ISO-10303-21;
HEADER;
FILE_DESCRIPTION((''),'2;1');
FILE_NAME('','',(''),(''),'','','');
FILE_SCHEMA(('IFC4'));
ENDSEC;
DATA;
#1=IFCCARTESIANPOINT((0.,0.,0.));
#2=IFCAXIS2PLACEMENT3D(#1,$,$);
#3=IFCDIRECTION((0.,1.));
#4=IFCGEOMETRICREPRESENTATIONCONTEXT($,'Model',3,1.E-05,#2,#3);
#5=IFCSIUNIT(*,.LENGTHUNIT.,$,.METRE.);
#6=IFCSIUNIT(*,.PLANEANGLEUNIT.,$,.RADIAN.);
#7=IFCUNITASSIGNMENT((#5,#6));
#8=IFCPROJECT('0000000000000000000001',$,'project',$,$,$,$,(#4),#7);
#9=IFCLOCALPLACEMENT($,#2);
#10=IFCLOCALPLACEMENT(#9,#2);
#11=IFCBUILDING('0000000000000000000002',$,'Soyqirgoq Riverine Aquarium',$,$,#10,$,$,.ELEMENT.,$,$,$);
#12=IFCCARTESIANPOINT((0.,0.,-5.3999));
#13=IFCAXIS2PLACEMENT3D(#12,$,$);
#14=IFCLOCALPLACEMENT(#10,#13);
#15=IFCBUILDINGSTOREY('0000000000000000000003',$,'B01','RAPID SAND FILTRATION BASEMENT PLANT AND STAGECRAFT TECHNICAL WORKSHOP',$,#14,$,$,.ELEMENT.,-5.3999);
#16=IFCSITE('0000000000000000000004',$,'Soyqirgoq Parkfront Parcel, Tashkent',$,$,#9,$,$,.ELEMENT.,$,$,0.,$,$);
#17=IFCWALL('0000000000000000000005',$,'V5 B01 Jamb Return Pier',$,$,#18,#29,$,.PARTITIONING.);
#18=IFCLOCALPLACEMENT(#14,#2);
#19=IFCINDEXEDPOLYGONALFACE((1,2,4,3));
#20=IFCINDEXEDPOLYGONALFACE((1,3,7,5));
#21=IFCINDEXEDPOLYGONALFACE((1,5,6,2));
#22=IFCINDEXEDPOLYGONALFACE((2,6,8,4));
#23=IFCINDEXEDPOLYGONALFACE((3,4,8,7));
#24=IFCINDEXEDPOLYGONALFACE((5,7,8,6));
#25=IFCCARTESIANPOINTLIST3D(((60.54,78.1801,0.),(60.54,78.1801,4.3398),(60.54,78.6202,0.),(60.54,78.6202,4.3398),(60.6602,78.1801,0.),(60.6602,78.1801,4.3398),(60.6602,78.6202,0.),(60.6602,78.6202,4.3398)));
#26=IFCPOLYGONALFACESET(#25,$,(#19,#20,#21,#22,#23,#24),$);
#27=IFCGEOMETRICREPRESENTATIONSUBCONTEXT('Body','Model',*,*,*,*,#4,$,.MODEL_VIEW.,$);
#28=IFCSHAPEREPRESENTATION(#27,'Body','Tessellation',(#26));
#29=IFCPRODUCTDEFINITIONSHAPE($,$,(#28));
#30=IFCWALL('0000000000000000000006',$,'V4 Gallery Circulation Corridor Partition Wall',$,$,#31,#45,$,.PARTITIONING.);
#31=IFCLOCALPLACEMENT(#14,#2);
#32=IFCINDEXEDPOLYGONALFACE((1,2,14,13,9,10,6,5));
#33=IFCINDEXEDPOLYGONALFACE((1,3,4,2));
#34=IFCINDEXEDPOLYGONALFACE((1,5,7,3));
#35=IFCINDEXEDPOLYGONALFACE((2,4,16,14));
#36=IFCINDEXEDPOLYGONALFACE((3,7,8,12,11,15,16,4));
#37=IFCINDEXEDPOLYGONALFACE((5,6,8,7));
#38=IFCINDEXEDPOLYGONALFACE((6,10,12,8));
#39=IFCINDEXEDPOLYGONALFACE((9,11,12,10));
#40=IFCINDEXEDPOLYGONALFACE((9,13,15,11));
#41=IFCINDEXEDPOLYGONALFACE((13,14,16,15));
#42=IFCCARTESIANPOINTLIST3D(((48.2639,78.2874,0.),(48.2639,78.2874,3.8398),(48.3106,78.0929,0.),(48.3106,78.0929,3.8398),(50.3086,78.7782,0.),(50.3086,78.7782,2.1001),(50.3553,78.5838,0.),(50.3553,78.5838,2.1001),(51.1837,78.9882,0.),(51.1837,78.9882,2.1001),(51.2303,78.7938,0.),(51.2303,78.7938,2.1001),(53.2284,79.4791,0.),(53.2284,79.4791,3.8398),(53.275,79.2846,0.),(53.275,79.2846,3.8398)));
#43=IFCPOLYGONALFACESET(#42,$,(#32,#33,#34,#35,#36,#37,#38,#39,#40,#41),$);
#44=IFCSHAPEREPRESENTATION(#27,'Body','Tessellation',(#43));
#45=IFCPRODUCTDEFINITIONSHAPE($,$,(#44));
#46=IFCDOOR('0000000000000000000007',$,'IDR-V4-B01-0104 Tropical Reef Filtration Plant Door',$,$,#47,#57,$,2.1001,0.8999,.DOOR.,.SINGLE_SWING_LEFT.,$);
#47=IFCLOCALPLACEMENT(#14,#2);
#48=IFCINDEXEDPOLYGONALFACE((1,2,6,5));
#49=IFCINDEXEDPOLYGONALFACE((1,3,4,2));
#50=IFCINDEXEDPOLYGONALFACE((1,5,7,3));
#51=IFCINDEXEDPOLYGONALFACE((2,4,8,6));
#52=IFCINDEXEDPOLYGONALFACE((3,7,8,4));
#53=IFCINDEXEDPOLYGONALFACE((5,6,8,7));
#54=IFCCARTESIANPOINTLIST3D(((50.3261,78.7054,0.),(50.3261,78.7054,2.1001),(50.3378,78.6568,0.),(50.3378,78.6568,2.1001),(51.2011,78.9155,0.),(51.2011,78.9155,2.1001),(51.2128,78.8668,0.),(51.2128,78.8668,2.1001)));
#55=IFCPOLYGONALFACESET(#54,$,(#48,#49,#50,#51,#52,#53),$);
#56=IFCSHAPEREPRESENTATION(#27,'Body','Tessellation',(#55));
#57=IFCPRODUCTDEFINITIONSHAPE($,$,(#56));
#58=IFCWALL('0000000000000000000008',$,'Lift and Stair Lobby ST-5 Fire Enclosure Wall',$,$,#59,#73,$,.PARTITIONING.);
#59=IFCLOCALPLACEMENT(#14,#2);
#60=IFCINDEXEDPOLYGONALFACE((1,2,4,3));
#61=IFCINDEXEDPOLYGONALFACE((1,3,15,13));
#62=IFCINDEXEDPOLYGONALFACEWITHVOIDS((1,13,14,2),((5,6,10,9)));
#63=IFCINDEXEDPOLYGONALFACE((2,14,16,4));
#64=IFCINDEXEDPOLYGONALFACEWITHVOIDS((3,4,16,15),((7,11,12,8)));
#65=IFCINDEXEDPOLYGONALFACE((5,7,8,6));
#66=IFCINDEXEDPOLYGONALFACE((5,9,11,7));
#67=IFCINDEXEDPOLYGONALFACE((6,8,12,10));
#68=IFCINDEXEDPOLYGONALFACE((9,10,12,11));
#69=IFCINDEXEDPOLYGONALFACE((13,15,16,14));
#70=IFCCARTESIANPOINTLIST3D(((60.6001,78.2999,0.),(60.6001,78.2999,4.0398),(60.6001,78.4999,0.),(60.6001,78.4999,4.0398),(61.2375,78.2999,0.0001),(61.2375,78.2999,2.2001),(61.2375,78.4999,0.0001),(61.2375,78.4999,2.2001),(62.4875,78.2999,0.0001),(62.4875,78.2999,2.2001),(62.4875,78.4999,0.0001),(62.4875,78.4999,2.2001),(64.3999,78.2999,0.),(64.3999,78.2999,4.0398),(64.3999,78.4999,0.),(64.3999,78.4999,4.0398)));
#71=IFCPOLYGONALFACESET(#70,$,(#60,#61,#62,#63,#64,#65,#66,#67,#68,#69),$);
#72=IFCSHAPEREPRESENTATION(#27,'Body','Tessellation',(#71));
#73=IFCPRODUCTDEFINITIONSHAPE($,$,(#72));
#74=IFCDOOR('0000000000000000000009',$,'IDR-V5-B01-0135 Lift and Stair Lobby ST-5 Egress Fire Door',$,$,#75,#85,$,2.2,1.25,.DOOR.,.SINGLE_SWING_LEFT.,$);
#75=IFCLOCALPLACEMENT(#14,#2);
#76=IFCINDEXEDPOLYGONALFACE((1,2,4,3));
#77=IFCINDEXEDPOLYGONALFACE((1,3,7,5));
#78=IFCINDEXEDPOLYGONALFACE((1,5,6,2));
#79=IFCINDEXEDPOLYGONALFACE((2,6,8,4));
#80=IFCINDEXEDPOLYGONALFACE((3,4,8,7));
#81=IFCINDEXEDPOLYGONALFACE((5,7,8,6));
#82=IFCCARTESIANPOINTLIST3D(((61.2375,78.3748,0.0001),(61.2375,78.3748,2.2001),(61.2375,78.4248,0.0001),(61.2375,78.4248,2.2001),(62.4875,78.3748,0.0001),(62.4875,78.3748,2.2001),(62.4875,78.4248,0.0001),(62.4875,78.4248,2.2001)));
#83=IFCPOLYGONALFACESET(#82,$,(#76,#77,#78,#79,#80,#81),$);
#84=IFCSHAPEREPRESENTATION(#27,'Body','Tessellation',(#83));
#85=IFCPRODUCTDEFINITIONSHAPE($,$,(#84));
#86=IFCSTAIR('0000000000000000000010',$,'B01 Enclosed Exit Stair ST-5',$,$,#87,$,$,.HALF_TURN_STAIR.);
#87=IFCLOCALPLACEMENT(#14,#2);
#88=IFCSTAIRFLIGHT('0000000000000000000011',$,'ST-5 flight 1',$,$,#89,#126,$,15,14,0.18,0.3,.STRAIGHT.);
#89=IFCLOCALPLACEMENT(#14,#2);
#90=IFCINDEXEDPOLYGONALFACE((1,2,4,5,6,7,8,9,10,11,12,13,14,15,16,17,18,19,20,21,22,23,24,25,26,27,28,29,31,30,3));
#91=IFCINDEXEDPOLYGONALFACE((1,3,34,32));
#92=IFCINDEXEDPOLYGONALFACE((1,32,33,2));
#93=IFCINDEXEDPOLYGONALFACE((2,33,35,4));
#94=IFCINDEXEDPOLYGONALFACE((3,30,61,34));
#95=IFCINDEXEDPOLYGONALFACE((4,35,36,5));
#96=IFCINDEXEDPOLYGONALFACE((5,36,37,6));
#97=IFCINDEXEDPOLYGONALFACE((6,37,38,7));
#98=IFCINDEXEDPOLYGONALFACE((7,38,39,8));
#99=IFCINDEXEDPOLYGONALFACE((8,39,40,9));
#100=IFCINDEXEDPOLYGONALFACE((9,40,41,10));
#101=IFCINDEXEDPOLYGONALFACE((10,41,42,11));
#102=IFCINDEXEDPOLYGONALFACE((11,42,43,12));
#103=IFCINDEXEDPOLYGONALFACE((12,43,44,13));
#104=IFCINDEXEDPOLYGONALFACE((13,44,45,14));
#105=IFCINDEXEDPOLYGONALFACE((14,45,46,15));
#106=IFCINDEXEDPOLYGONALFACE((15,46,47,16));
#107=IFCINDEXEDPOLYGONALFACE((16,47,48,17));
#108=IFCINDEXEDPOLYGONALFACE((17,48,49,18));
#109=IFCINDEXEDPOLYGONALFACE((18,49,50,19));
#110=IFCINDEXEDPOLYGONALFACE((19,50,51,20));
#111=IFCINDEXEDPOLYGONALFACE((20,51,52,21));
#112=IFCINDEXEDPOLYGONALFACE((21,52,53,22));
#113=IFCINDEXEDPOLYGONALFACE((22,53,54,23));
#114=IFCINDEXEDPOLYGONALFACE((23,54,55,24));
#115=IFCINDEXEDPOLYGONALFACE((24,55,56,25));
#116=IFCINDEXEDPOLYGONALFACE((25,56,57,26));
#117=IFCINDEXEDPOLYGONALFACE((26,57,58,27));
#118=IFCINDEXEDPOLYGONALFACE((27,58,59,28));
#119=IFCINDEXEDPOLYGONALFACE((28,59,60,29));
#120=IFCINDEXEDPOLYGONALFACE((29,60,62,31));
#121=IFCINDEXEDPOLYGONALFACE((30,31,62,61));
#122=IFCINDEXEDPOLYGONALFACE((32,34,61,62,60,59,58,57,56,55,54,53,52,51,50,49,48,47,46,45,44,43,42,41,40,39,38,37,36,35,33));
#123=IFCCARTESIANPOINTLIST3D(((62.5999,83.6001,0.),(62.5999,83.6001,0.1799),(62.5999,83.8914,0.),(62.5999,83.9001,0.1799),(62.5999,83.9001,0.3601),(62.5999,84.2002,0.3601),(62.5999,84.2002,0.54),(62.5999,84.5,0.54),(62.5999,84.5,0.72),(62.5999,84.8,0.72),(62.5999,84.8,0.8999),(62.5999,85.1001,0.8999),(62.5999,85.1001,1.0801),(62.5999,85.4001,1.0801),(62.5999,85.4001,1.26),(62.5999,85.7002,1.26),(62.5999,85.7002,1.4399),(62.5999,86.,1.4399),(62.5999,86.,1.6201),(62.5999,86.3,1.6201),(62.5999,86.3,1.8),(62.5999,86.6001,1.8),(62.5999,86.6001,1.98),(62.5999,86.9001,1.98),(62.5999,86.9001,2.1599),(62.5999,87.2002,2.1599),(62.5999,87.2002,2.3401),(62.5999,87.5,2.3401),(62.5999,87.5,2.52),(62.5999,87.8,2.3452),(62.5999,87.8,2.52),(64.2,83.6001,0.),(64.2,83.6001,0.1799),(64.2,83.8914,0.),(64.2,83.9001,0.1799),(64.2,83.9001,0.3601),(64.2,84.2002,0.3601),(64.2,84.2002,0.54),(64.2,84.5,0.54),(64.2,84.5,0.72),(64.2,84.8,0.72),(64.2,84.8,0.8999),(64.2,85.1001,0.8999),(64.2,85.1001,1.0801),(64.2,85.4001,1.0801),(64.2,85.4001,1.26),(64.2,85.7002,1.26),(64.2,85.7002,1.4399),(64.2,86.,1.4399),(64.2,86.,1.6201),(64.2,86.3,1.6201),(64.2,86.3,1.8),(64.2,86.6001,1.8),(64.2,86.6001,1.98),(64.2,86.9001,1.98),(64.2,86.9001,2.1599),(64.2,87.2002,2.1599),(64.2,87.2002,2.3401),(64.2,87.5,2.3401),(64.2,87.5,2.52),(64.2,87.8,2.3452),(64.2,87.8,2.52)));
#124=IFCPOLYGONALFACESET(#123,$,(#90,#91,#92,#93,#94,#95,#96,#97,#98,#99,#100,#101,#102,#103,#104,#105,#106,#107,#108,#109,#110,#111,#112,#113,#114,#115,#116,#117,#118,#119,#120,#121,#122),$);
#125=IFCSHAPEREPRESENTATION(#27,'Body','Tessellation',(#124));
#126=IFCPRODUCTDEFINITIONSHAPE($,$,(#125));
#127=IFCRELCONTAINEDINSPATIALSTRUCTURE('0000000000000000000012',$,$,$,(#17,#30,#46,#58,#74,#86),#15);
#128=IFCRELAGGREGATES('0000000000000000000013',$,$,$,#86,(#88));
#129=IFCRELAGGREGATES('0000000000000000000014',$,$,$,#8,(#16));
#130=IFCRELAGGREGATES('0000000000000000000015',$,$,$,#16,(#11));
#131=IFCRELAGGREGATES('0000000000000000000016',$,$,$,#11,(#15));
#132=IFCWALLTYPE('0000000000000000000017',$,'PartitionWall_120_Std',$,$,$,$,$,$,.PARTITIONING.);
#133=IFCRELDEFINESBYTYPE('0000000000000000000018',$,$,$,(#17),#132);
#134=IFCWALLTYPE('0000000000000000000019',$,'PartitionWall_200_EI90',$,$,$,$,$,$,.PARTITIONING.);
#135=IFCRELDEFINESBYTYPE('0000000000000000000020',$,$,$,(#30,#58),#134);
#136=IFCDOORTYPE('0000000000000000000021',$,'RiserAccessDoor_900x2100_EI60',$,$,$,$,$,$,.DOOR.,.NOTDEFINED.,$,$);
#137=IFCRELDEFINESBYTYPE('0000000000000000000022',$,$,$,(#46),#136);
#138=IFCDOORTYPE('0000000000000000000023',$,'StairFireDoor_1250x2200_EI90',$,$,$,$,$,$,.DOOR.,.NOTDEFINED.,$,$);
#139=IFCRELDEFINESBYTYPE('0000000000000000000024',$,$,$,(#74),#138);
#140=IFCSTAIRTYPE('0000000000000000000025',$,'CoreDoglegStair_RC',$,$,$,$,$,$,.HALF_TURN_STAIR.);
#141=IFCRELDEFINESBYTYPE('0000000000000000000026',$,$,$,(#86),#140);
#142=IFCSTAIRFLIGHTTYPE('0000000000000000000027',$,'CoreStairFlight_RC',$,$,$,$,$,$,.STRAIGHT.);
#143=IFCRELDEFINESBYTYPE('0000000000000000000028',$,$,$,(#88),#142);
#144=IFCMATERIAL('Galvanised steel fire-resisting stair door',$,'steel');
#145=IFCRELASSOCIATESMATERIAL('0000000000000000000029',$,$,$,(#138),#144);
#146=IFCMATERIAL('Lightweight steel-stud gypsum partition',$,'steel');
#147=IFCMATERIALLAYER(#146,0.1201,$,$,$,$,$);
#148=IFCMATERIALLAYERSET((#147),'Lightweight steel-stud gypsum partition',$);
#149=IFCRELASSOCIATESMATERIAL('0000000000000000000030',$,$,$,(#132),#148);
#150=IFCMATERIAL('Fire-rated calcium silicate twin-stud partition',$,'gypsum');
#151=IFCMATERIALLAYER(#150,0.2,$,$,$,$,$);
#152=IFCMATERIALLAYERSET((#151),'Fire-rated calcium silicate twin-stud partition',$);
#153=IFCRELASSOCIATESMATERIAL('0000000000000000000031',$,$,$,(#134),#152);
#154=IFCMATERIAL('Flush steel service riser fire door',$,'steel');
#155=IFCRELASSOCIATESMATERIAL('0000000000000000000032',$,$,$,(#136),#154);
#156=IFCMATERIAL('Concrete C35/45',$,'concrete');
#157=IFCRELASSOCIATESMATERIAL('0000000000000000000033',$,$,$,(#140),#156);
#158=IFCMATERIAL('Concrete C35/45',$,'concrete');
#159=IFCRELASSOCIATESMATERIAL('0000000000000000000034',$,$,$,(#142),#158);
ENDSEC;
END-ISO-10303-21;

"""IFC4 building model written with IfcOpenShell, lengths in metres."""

from ifc_helpers import new_model, si_unit, direction, frame, frame_2d, origin, place, context, subcontext, project, spatial, polyline, rectangle, outline, extrude, material, layer, layer_set, type_object, element, fill, aggregate, save


model = new_model("IFC4")

# Units and contexts
model_context = context("Model", 3, precision=1e-05, world=origin(), true_north=direction((0.0, 1.0)))
body_context = subcontext(model_context, "Body", "Model", "MODEL_VIEW")
ifc_project = project(units=[si_unit("LENGTHUNIT", "METRE"), si_unit("PLANEANGLEUNIT", "RADIAN")], contexts=[model_context])

# Site, building, storey
site_placement = place(None, origin())
site = spatial("IfcSite", under=ifc_project, at=site_placement, Name="Soyqirgoq Parkfront Parcel, Tashkent", CompositionType="ELEMENT", RefElevation=0.0)
building_placement = place(site_placement, origin())
building = spatial("IfcBuilding", under=site, at=building_placement, Name="Soyqirgoq Riverine Aquarium", CompositionType="ELEMENT")
storey_placement = place(building_placement, frame((0.0, 0.0, -5.3999)))
storey = spatial("IfcBuildingStorey", under=building, at=storey_placement, Name="B01", Description="RAPID SAND FILTRATION BASEMENT PLANT AND STAGECRAFT TECHNICAL WORKSHOP", CompositionType="ELEMENT", Elevation=-5.3999)

# Shared definitions
ifc_material_1 = material(Name="Galvanised steel fire-resisting stair door", Category="steel")
door_type_1 = type_object("IfcDoorType", Name="StairFireDoor_1250x2200_EI90", OperationType="NOTDEFINED", PredefinedType="DOOR", material=ifc_material_1)

# Wall
ifc_material_2 = material(Name="Lightweight steel-stud gypsum partition", Category="steel")
ifc_layer_1 = layer(ifc_material_2, 0.1201)
ifc_layer_set_1 = layer_set([ifc_layer_1], Name="Lightweight steel-stud gypsum partition")
wall_type_1 = type_object("IfcWallType", Name="PartitionWall_120_Std", PredefinedType="PARTITIONING", material=ifc_layer_set_1)
wall_1_placement = place(storey_placement, frame((60.6001, 78.1799, 0.0), z_axis=(0.0, 0.0, 1.0), x_axis=(0.0, 1.0, 0.0)))
element("IfcWall", 1, at=wall_1_placement, inside=storey, type_object=wall_type_1, Name="V5 B01 Jamb Return Pier", PredefinedType="PARTITIONING", context=body_context, shape_type="SweptSolid", body=[
    extrude(rectangle(XDim=0.4402, YDim=0.1201, at=frame_2d((0.2202, 0.0))), origin(), (0.0, 0.0, 1.0), 4.3398),
])

# Walls, openings, doors
ifc_material_3 = material(Name="Fire-rated calcium silicate twin-stud partition", Category="gypsum")
ifc_layer_2 = layer(ifc_material_3, 0.2)
ifc_layer_set_2 = layer_set([ifc_layer_2], Name="Fire-rated calcium silicate twin-stud partition")
wall_type_2 = type_object("IfcWallType", Name="PartitionWall_200_EI90", PredefinedType="PARTITIONING", material=ifc_layer_set_2)
wall_2_placement = place(storey_placement, frame((53.2517, 79.3818, 0.0), z_axis=(0.0, 0.0, 1.0), x_axis=(-0.972378, -0.233411, 0.0)))
wall_2 = element("IfcWall", 2, at=wall_2_placement, inside=storey, type_object=wall_type_2, Name="V4 Gallery Circulation Corridor Partition Wall", PredefinedType="PARTITIONING", context=body_context, shape_type="SweptSolid", body=[
    extrude(rectangle(XDim=5.1055, YDim=0.2, at=frame_2d((2.5527, 0.0))), origin(), (0.0, 0.0, 1.0), 3.8398),
])
opening_1_placement = place(wall_2_placement, frame((2.1028, 0.0, 0.0)))
opening_1 = element("IfcOpeningElement", 3, at=opening_1_placement, cuts=wall_2, PredefinedType="OPENING", context=body_context, shape_type="SweptSolid", body=[
    extrude(rectangle(XDim=0.8999, YDim=2.1001, at=frame_2d((0.45, 1.05))), frame((0.0, 0.1099, 0.0), z_axis=(0.0, -1.0, 0.0), x_axis=(1.0, 0.0, 0.0)), (0.0, 0.0, 1.0), 0.22),
])
ifc_material_4 = material(Name="Flush steel service riser fire door", Category="steel")
door_type_2 = type_object("IfcDoorType", Name="RiserAccessDoor_900x2100_EI60", OperationType="NOTDEFINED", PredefinedType="DOOR", material=ifc_material_4)
door_1_placement = place(opening_1_placement, origin())
door_1 = element("IfcDoor", 4, at=door_1_placement, inside=storey, type_object=door_type_2, Name="IDR-V4-B01-0104 Tropical Reef Filtration Plant Door", OperationType="SINGLE_SWING_LEFT", OverallHeight=2.1001, OverallWidth=0.8999, PredefinedType="DOOR", context=body_context, shape_type="SweptSolid", body=[
    extrude(rectangle(XDim=0.8999, YDim=2.1001, at=frame_2d((0.45, 1.05))), frame((0.0, 0.0249, 0.0), z_axis=(0.0, -1.0, 0.0), x_axis=(1.0, 0.0, 0.0)), (0.0, 0.0, 1.0), 0.05),
])
fill(opening_1, door_1)
wall_3_placement = place(storey_placement, frame((60.6001, 78.3999, 0.0), z_axis=(0.0, 0.0, 1.0), x_axis=(1.0, 0.0, 0.0)))
wall_3 = element("IfcWall", 5, at=wall_3_placement, inside=storey, type_object=wall_type_2, Name="Lift and Stair Lobby ST-5 Fire Enclosure Wall", PredefinedType="PARTITIONING", context=body_context, shape_type="SweptSolid", body=[
    extrude(rectangle(XDim=3.7998, YDim=0.2, at=frame_2d((1.8999, 0.0))), origin(), (0.0, 0.0, 1.0), 4.0398),
])
opening_2_placement = place(wall_3_placement, frame((0.6375, 0.0, 0.0)))
opening_2 = element("IfcOpeningElement", 6, at=opening_2_placement, cuts=wall_3, PredefinedType="OPENING", context=body_context, shape_type="SweptSolid", body=[
    extrude(rectangle(XDim=1.25, YDim=2.2, at=frame_2d((0.625, 1.1001))), frame((0.0, 0.1099, 0.0), z_axis=(0.0, -1.0, 0.0), x_axis=(1.0, 0.0, 0.0)), (0.0, 0.0, 1.0), 0.22),
])
door_2_placement = place(opening_2_placement, origin())
door_2 = element("IfcDoor", 7, at=door_2_placement, inside=storey, type_object=door_type_1, Name="IDR-V5-B01-0135 Lift and Stair Lobby ST-5 Egress Fire Door", OperationType="SINGLE_SWING_LEFT", OverallHeight=2.2, OverallWidth=1.25, PredefinedType="DOOR", context=body_context, shape_type="SweptSolid", body=[
    extrude(rectangle(XDim=1.25, YDim=2.2, at=frame_2d((0.625, 1.1001))), frame((0.0, 0.0249, 0.0), z_axis=(0.0, -1.0, 0.0), x_axis=(1.0, 0.0, 0.0)), (0.0, 0.0, 1.0), 0.05),
])
fill(opening_2, door_2)

# Stair, stair flight
ifc_material_5 = material(Name="Concrete C35/45", Category="concrete")
stair_type = type_object("IfcStairType", Name="CoreDoglegStair_RC", PredefinedType="HALF_TURN_STAIR", material=ifc_material_5)
stair_placement = place(storey_placement, origin())
stair = element("IfcStair", 8, at=stair_placement, inside=storey, type_object=stair_type, Name="B01 Enclosed Exit Stair ST-5", PredefinedType="HALF_TURN_STAIR")
ifc_material_6 = material(Name="Concrete C35/45", Category="concrete")
stair_flight_type = type_object("IfcStairFlightType", Name="CoreStairFlight_RC", PredefinedType="STRAIGHT", material=ifc_material_6)
stair_flight_placement = place(storey_placement, frame((63.3999, 83.6001, 0.0), z_axis=(0.0, 0.0, 1.0), x_axis=(0.0, 1.0, 0.0)))
stair_flight = element("IfcStairFlight", 9, at=stair_flight_placement, type_object=stair_flight_type, Name="ST-5 flight 1", NumberOfRisers=15, NumberOfTreads=14, PredefinedType="STRAIGHT", RiserHeight=0.18, TreadLength=0.3, context=body_context, shape_type="SweptSolid", body=[
    extrude(outline(polyline([(0.0, 0.0), (0.0, 0.1799), (0.3, 0.1799), (0.3, 0.3601), (0.6001, 0.3601), (0.6001, 0.54), (0.8999, 0.54), (0.8999, 0.72), (1.2, 0.72), (1.2, 0.8999), (1.5, 0.8999), (1.5, 1.0801), (1.8, 1.0801), (1.8, 1.26), (2.1001, 1.26), (2.1001, 1.4399), (2.3999, 1.4399), (2.3999, 1.6201), (2.7, 1.6201), (2.7, 1.8), (3.0, 1.8), (3.0, 1.98), (3.3, 1.98), (3.3, 2.1599), (3.6001, 2.1599), (3.6001, 2.3401), (3.8999, 2.3401), (3.8999, 2.52), (4.2, 2.52), (4.2, 2.7), (4.2, 2.3452), (0.2913, 0.0), (0.0, 0.0)])), frame((0.0, 0.8, 0.0), z_axis=(0.0, -1.0, 0.0), x_axis=(1.0, 0.0, 0.0)), (0.0, 0.0, 1.0), 1.6001),
])
aggregate(stair, [stair_flight])

save(model, "model.ifc")
